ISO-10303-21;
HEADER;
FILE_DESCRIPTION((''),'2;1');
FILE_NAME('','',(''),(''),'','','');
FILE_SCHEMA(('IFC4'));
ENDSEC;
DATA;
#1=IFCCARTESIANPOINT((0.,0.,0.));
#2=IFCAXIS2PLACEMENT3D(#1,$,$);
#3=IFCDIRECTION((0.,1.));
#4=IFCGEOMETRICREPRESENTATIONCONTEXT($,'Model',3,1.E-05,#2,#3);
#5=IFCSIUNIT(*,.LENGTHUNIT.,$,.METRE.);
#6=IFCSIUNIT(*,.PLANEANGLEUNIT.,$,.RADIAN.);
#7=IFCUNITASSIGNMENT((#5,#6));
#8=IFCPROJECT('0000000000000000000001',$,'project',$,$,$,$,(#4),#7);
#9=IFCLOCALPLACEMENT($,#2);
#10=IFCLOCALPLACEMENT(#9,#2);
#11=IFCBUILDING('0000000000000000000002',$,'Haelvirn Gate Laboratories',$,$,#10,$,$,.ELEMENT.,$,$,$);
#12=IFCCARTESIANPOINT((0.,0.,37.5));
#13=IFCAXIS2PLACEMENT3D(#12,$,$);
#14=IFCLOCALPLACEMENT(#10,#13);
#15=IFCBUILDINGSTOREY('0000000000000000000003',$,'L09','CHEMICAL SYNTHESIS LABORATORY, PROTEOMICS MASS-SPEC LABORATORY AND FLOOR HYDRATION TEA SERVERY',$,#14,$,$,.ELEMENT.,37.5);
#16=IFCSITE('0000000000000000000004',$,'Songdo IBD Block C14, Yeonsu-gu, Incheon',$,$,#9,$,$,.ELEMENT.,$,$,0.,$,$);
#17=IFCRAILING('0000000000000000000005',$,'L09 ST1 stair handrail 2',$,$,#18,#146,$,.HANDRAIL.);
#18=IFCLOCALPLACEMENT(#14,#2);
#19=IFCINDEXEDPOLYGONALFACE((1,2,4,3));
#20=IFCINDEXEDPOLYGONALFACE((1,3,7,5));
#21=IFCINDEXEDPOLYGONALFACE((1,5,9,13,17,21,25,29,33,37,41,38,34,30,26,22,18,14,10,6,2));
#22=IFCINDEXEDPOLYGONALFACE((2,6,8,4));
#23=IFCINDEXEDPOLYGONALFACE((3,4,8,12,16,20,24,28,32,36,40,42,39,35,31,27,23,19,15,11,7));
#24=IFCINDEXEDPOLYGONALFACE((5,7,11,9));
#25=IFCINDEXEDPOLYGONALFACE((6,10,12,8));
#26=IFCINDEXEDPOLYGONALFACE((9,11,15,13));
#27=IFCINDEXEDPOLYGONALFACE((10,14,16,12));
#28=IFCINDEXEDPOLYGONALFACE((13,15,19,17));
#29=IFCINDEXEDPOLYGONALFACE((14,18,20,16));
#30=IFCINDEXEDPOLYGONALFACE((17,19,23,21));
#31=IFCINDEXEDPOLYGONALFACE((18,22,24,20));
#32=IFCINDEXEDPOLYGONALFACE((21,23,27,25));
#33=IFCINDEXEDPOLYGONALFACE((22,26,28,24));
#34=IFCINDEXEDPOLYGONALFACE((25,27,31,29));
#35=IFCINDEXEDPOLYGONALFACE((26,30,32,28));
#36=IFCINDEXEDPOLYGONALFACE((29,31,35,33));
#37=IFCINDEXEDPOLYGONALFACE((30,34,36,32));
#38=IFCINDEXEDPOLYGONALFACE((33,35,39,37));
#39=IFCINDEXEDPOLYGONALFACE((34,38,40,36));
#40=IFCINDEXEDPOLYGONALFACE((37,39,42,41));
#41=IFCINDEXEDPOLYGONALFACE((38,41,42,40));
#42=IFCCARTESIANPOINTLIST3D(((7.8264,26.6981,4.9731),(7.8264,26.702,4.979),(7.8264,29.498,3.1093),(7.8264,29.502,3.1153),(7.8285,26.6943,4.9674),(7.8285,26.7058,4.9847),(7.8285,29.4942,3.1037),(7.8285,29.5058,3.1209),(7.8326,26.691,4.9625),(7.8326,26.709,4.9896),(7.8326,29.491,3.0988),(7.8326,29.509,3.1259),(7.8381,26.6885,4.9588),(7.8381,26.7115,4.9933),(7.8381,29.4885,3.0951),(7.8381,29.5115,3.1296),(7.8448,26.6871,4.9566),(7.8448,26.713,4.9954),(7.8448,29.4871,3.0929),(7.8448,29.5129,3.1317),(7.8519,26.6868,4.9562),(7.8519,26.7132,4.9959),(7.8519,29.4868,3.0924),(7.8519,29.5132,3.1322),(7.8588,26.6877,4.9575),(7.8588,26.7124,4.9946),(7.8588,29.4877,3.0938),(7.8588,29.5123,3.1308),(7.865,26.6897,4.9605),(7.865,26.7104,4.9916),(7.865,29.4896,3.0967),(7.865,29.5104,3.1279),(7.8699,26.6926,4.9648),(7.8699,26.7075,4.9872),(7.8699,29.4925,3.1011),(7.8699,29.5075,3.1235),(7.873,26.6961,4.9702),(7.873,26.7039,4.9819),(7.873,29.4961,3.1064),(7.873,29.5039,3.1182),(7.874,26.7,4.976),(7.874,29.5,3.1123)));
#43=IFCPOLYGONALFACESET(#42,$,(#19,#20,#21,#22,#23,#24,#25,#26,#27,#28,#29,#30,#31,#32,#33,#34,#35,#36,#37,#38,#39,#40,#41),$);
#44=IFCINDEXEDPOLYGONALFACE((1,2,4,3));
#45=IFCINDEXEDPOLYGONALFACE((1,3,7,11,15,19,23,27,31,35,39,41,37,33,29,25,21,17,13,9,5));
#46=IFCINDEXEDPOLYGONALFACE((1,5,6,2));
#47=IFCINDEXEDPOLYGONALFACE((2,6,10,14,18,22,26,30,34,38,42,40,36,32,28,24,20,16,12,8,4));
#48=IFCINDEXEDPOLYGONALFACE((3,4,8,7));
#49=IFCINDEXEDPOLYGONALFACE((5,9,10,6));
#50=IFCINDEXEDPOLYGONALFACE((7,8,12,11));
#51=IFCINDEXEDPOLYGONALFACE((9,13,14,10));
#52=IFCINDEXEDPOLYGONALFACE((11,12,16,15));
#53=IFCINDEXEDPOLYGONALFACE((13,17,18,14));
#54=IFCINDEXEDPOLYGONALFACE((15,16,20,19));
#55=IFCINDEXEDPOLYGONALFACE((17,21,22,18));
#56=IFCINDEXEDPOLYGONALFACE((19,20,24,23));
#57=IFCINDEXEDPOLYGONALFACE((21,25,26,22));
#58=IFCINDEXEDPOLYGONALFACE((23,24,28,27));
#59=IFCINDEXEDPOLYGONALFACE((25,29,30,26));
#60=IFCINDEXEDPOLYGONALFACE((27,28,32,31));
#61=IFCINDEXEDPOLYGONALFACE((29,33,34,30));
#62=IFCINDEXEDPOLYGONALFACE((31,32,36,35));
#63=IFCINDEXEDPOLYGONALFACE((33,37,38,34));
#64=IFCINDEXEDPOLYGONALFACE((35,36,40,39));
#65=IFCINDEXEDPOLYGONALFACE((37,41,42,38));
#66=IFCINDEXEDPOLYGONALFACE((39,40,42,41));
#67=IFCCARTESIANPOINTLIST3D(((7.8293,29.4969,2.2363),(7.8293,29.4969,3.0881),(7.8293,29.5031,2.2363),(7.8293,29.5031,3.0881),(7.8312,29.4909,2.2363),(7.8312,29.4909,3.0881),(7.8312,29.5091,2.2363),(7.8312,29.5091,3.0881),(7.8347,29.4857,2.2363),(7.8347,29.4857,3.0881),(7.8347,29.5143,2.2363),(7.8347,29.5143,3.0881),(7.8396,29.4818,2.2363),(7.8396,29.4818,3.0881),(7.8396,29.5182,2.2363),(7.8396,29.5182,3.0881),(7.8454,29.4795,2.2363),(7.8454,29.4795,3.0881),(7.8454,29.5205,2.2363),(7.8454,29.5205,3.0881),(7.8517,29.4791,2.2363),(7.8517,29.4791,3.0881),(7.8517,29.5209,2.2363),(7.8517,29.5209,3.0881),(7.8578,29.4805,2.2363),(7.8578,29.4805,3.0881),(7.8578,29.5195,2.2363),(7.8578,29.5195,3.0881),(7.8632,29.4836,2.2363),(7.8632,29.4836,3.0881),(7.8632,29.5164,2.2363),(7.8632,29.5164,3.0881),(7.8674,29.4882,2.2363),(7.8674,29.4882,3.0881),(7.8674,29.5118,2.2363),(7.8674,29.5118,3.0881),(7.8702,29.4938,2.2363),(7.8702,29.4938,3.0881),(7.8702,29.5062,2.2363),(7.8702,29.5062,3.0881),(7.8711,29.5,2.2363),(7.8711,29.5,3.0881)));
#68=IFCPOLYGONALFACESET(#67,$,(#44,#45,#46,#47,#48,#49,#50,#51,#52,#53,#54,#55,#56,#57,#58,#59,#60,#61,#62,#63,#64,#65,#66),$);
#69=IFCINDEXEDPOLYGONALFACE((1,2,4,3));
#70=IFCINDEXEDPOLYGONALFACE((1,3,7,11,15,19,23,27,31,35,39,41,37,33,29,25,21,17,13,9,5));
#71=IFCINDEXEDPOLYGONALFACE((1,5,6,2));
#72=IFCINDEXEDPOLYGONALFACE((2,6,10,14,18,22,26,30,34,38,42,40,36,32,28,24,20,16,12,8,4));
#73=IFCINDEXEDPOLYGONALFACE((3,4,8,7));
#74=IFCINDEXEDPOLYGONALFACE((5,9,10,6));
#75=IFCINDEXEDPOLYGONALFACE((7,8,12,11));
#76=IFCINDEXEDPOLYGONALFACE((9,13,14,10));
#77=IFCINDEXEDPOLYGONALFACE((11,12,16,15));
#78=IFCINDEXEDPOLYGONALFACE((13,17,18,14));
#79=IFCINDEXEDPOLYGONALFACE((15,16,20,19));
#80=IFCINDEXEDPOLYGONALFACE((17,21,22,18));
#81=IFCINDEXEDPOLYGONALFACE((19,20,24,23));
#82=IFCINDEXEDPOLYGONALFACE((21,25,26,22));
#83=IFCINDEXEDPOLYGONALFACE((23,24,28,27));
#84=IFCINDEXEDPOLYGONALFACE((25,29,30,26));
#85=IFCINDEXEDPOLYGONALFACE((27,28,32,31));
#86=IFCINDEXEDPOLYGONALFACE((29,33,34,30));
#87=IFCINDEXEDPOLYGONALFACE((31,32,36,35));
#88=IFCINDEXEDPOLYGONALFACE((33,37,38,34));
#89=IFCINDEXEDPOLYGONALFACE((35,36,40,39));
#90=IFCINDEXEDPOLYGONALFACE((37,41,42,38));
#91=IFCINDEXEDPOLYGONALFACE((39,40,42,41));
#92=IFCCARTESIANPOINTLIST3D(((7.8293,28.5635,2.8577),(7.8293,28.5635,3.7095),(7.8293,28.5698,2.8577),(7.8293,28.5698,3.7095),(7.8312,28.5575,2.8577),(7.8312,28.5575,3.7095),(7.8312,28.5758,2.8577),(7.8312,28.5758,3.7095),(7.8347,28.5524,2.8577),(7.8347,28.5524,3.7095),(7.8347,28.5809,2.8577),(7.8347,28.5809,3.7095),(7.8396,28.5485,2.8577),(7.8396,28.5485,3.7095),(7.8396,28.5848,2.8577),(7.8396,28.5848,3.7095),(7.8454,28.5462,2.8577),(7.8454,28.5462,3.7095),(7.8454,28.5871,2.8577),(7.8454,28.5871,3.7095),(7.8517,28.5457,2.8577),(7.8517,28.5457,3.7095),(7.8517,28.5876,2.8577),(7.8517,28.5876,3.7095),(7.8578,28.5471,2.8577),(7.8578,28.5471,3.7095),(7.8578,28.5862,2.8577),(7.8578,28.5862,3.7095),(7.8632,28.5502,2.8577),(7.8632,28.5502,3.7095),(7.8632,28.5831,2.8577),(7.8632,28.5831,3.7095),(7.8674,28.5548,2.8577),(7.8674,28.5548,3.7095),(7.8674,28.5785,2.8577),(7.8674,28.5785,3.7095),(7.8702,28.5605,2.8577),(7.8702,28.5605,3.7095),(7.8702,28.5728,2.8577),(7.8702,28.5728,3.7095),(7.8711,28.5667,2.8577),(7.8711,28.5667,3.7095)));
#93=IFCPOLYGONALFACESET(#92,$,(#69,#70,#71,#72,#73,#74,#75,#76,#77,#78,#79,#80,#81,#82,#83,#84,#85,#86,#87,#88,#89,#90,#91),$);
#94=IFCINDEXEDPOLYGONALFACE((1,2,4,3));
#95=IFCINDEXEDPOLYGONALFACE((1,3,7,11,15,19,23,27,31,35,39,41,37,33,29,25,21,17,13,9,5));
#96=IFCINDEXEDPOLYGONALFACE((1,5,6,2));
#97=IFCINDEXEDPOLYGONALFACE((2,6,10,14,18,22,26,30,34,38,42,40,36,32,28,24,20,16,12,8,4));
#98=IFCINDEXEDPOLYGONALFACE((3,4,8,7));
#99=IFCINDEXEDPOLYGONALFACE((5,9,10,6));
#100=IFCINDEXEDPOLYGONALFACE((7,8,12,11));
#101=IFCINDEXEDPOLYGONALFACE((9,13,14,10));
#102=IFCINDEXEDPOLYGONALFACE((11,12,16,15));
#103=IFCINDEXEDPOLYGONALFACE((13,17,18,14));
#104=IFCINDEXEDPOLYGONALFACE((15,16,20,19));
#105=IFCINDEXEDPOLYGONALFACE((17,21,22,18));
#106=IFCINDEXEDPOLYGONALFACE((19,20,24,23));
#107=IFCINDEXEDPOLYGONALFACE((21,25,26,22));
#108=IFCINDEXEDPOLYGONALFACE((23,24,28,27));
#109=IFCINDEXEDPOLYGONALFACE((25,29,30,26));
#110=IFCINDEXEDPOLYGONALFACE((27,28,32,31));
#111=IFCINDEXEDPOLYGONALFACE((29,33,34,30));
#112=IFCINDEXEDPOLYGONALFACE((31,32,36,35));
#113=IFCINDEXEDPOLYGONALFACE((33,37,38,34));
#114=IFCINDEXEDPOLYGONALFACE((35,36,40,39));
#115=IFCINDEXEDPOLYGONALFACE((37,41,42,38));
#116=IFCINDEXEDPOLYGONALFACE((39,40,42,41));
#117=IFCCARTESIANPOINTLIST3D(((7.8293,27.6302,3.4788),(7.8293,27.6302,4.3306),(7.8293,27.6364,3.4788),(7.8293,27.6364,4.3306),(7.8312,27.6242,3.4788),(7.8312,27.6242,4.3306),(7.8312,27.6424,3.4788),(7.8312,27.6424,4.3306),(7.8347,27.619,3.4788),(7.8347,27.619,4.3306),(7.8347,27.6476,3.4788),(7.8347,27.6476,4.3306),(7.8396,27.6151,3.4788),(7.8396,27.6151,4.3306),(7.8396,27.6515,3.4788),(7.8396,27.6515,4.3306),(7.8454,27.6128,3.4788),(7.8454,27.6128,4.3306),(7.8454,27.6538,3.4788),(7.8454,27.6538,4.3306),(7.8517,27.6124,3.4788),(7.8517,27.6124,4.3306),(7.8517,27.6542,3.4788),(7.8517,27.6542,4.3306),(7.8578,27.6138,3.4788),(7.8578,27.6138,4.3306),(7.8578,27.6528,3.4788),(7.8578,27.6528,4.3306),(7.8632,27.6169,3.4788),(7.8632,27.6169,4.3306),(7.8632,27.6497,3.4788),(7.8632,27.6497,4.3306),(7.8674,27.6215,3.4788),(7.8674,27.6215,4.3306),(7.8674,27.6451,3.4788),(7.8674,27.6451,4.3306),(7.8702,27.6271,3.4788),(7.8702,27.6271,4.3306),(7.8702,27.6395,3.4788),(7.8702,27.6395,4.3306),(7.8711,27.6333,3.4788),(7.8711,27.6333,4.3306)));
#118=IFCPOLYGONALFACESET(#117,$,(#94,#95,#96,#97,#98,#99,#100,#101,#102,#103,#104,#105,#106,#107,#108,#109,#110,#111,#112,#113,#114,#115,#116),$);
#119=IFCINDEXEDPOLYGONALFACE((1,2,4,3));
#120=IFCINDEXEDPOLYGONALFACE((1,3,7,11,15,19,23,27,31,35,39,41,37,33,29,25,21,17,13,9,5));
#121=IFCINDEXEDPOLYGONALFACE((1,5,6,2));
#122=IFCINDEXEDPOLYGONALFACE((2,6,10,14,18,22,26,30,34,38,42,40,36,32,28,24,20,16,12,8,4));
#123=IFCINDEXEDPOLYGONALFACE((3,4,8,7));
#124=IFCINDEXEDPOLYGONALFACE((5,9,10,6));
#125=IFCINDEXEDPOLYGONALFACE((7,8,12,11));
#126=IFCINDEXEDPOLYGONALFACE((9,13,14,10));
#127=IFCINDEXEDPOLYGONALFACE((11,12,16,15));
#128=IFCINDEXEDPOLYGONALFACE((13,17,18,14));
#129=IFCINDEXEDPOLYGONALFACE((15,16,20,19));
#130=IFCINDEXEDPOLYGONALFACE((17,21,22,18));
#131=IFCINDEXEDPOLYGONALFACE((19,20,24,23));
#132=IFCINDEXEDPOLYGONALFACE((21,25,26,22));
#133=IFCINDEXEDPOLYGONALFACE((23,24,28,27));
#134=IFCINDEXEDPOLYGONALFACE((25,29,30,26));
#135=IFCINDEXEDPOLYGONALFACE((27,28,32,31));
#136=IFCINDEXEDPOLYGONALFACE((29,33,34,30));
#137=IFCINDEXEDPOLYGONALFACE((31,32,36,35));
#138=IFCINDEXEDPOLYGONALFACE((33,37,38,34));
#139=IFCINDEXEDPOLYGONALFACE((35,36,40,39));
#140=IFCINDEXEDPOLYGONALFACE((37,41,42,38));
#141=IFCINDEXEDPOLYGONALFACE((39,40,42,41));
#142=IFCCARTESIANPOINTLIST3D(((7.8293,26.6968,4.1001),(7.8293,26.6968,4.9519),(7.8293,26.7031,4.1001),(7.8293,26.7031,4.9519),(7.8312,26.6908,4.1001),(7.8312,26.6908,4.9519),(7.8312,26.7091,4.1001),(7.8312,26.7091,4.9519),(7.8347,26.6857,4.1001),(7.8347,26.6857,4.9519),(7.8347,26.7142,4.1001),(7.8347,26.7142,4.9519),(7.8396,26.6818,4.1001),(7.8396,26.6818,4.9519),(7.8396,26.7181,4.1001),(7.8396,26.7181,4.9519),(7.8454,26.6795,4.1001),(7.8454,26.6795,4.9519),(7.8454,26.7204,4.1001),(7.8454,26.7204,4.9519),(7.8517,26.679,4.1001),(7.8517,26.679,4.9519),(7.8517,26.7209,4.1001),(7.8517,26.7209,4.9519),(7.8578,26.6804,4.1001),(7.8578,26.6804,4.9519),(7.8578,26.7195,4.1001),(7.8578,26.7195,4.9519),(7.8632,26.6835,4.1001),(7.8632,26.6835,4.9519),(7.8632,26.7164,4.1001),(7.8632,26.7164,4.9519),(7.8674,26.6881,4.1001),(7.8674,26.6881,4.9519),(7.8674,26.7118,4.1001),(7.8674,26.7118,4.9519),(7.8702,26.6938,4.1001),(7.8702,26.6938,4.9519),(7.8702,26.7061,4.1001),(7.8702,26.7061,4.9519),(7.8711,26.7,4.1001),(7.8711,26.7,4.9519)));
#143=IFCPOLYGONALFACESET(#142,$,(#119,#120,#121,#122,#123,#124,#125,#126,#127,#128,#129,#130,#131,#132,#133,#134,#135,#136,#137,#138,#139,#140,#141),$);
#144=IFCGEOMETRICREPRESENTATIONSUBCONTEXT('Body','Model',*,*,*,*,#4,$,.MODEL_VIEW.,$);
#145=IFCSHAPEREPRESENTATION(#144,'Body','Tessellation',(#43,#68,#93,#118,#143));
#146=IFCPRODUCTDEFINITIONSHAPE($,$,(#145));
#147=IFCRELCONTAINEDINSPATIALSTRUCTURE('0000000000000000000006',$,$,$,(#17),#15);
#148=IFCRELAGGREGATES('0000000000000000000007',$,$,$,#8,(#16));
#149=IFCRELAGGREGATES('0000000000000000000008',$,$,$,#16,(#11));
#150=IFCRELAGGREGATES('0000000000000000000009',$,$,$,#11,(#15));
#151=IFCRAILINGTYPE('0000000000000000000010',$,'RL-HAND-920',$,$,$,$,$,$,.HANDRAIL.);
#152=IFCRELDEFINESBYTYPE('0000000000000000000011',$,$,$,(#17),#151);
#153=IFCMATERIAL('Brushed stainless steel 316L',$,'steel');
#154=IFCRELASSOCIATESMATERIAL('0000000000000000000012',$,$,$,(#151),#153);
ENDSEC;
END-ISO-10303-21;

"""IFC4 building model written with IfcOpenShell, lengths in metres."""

from ifc_helpers import new_model, si_unit, direction, frame, origin, origin_2d, place, context, subcontext, project, spatial, circle, extrude, source, transform, mapped, material, type_object, element, save


model = new_model("IFC4")

# Units and contexts
model_context = context("Model", 3, precision=1e-05, world=origin(), true_north=direction((0.0, 1.0)))
body_context = subcontext(model_context, "Body", "Model", "MODEL_VIEW")
ifc_project = project(units=[si_unit("LENGTHUNIT", "METRE"), si_unit("PLANEANGLEUNIT", "RADIAN")], contexts=[model_context])

# Site, building, storey
site_placement = place(None, origin())
site = spatial("IfcSite", under=ifc_project, at=site_placement, Name="Songdo IBD Block C14, Yeonsu-gu, Incheon", CompositionType="ELEMENT", RefElevation=0.0)
building_placement = place(site_placement, origin())
building = spatial("IfcBuilding", under=site, at=building_placement, Name="Haelvirn Gate Laboratories", CompositionType="ELEMENT")
storey_placement = place(building_placement, frame((0.0, 0.0, 37.5)))
storey = spatial("IfcBuildingStorey", under=building, at=storey_placement, Name="L09", Description="CHEMICAL SYNTHESIS LABORATORY, PROTEOMICS MASS-SPEC LABORATORY AND FLOOR HYDRATION TEA SERVERY", CompositionType="ELEMENT", Elevation=37.5)

# Railing
ifc_material_1 = material(Name="Brushed stainless steel 316L", Category="steel")
railing_type_1 = type_object("IfcRailingType", Name="RL-HAND-920", PredefinedType="HANDRAIL", material=ifc_material_1)
shared_shape_1 = source(origin(), body_context, "Body", "SweptSolid", [
    extrude(circle(Radius=0.0239, at=origin_2d()), frame((0.0, 0.0, 0.876), z_axis=(0.0, -0.832452, 0.554097), x_axis=(1.0, 0.0, 0.0)), (0.0, 0.0, 1.0), 3.3635),
    extrude(circle(Radius=0.021, at=origin_2d()), origin(), (0.0, 0.0, 1.0), 0.8518),
    extrude(circle(Radius=0.021, at=origin_2d()), frame((0.0, -0.9333, 0.6213)), (0.0, 0.0, 1.0), 0.8518),
    extrude(circle(Radius=0.021, at=origin_2d()), frame((0.0, -1.8667, 1.2424)), (0.0, 0.0, 1.0), 0.8518),
    extrude(circle(Radius=0.021, at=origin_2d()), frame((0.0, -2.8, 1.8638)), (0.0, 0.0, 1.0), 0.8518),
])
railing_1_placement = place(storey_placement, frame((7.8501, 29.5, 2.2363)))
element("IfcRailing", 1, at=railing_1_placement, inside=storey, type_object=railing_type_1, Name="L09 ST1 stair handrail 2", PredefinedType="HANDRAIL", context=body_context, shape_type="MappedRepresentation", body=[
    mapped(shared_shape_1, transform((0.0, 0.0, 0.0), scale=1.0)),
])

save(model, "model.ifc")
